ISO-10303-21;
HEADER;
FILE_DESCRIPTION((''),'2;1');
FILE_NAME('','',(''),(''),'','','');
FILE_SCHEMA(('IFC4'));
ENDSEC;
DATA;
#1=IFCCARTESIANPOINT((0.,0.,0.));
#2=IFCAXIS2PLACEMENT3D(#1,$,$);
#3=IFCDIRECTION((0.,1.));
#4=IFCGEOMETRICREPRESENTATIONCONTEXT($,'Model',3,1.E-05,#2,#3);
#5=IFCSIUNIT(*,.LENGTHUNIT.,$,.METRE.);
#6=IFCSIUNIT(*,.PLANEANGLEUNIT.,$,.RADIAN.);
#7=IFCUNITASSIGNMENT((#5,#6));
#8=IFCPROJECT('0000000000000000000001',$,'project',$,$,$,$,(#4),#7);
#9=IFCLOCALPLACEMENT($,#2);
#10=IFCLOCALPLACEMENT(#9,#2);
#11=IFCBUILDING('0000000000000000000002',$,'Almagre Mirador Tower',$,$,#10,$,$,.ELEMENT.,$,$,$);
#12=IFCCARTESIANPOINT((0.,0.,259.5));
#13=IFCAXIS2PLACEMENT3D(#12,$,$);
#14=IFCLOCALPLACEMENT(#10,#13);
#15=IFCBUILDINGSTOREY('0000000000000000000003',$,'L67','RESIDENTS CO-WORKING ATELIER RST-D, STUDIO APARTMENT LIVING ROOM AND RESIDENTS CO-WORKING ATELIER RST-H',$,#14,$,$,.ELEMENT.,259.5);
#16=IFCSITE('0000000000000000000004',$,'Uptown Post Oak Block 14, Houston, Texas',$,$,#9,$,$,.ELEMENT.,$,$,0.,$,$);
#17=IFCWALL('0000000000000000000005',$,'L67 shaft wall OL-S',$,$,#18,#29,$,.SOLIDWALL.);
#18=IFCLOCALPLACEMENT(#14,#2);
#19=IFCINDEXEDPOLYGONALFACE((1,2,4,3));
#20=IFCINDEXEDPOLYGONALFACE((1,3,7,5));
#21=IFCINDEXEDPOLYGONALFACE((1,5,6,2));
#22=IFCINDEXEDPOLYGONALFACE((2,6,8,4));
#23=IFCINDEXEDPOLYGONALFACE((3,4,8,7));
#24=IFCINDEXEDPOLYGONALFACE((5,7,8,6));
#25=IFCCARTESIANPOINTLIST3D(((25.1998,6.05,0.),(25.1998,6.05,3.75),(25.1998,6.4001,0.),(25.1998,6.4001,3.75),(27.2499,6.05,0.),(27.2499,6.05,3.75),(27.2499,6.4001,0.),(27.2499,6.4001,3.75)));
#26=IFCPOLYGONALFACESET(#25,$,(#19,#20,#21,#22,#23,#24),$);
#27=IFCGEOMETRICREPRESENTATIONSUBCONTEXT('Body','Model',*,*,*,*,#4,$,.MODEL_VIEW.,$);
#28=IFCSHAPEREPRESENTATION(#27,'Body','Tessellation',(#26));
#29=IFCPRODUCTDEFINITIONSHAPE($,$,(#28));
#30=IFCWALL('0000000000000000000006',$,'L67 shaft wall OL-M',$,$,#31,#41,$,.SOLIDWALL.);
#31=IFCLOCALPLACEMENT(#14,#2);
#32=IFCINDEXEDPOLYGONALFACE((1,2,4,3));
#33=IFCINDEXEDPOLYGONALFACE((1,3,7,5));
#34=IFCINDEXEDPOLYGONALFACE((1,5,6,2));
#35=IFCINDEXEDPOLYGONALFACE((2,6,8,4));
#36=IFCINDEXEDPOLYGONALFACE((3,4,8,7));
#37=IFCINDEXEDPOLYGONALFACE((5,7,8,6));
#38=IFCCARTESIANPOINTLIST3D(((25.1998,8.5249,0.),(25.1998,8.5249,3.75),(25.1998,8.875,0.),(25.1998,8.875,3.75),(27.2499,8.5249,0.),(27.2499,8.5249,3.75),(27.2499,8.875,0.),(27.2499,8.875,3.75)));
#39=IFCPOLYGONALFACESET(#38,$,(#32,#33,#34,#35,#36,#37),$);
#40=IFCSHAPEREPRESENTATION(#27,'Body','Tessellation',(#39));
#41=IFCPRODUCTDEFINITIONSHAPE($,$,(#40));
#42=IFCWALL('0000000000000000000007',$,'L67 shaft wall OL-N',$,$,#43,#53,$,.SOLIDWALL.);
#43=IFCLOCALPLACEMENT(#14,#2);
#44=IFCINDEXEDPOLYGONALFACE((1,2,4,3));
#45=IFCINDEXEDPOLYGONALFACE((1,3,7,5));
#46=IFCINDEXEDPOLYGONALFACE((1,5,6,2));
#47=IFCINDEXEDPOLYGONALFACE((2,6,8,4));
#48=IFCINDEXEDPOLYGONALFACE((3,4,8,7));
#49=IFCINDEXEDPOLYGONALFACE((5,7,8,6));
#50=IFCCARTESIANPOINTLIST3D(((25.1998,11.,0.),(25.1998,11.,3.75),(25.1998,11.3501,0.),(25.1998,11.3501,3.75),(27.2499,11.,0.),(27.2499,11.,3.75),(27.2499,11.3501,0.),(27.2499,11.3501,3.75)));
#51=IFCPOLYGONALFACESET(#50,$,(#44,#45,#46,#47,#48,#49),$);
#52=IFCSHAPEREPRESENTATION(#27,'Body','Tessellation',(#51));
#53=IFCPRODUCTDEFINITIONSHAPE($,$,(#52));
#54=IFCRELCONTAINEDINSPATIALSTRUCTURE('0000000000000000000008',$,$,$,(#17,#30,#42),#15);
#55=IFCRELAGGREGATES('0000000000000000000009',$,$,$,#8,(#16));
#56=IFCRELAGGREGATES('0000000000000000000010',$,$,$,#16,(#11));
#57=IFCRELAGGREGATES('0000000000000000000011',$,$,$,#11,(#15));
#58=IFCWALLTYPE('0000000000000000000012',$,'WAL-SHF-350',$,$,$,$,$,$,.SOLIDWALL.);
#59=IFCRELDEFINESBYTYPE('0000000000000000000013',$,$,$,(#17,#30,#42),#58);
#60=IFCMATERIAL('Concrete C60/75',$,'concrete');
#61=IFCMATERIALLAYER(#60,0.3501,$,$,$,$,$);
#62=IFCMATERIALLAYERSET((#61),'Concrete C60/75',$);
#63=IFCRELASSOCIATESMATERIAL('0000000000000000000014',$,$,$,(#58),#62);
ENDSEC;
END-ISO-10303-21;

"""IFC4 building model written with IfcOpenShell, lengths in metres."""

from ifc_helpers import new_model, si_unit, direction, frame, frame_2d, origin, place, context, subcontext, project, spatial, rectangle, extrude, material, layer, layer_set, type_object, element, save


model = new_model("IFC4")

# Units and contexts
model_context = context("Model", 3, precision=1e-05, world=origin(), true_north=direction((0.0, 1.0)))
body_context = subcontext(model_context, "Body", "Model", "MODEL_VIEW")
ifc_project = project(units=[si_unit("LENGTHUNIT", "METRE"), si_unit("PLANEANGLEUNIT", "RADIAN")], contexts=[model_context])

# Site, building, storey
site_placement = place(None, origin())
site = spatial("IfcSite", under=ifc_project, at=site_placement, Name="Uptown Post Oak Block 14, Houston, Texas", CompositionType="ELEMENT", RefElevation=0.0)
building_placement = place(site_placement, origin())
building = spatial("IfcBuilding", under=site, at=building_placement, Name="Almagre Mirador Tower", CompositionType="ELEMENT")
storey_placement = place(building_placement, frame((0.0, 0.0, 259.5)))
storey = spatial("IfcBuildingStorey", under=building, at=storey_placement, Name="L67", Description="RESIDENTS CO-WORKING ATELIER RST-D, STUDIO APARTMENT LIVING ROOM AND RESIDENTS CO-WORKING ATELIER RST-H", CompositionType="ELEMENT", Elevation=259.5)

# Walls
ifc_material_1 = material(Name="Concrete C60/75", Category="concrete")
ifc_layer_1 = layer(ifc_material_1, 0.3501)
ifc_layer_set_1 = layer_set([ifc_layer_1], Name="Concrete C60/75")
wall_type_1 = type_object("IfcWallType", Name="WAL-SHF-350", PredefinedType="SOLIDWALL", material=ifc_layer_set_1)
for number, where, z_axis, x_axis, name in (
    (1, (25.2, 6.2251, 0.0), (0.0, 0.0, 1.0), (1.0, 0.0, 0.0), "L67 shaft wall OL-S"),
    (2, (25.2, 8.7, 0.0), (0.0, 0.0, 1.0), (1.0, 0.0, 0.0), "L67 shaft wall OL-M"),
    (3, (25.2, 11.175, 0.0), (0.0, 0.0, 1.0), (1.0, 0.0, 0.0), "L67 shaft wall OL-N"),
):
    element("IfcWall", number, at=place(storey_placement, frame(where, z_axis=z_axis, x_axis=x_axis)), inside=storey, type_object=wall_type_1, Name=name, PredefinedType="SOLIDWALL", context=body_context, shape_type="SweptSolid", body=[
        extrude(rectangle(XDim=2.05, YDim=0.3501, at=frame_2d((1.0249, 0.0))), origin(), (0.0, 0.0, 1.0), 3.75),
    ])

save(model, "model.ifc")
